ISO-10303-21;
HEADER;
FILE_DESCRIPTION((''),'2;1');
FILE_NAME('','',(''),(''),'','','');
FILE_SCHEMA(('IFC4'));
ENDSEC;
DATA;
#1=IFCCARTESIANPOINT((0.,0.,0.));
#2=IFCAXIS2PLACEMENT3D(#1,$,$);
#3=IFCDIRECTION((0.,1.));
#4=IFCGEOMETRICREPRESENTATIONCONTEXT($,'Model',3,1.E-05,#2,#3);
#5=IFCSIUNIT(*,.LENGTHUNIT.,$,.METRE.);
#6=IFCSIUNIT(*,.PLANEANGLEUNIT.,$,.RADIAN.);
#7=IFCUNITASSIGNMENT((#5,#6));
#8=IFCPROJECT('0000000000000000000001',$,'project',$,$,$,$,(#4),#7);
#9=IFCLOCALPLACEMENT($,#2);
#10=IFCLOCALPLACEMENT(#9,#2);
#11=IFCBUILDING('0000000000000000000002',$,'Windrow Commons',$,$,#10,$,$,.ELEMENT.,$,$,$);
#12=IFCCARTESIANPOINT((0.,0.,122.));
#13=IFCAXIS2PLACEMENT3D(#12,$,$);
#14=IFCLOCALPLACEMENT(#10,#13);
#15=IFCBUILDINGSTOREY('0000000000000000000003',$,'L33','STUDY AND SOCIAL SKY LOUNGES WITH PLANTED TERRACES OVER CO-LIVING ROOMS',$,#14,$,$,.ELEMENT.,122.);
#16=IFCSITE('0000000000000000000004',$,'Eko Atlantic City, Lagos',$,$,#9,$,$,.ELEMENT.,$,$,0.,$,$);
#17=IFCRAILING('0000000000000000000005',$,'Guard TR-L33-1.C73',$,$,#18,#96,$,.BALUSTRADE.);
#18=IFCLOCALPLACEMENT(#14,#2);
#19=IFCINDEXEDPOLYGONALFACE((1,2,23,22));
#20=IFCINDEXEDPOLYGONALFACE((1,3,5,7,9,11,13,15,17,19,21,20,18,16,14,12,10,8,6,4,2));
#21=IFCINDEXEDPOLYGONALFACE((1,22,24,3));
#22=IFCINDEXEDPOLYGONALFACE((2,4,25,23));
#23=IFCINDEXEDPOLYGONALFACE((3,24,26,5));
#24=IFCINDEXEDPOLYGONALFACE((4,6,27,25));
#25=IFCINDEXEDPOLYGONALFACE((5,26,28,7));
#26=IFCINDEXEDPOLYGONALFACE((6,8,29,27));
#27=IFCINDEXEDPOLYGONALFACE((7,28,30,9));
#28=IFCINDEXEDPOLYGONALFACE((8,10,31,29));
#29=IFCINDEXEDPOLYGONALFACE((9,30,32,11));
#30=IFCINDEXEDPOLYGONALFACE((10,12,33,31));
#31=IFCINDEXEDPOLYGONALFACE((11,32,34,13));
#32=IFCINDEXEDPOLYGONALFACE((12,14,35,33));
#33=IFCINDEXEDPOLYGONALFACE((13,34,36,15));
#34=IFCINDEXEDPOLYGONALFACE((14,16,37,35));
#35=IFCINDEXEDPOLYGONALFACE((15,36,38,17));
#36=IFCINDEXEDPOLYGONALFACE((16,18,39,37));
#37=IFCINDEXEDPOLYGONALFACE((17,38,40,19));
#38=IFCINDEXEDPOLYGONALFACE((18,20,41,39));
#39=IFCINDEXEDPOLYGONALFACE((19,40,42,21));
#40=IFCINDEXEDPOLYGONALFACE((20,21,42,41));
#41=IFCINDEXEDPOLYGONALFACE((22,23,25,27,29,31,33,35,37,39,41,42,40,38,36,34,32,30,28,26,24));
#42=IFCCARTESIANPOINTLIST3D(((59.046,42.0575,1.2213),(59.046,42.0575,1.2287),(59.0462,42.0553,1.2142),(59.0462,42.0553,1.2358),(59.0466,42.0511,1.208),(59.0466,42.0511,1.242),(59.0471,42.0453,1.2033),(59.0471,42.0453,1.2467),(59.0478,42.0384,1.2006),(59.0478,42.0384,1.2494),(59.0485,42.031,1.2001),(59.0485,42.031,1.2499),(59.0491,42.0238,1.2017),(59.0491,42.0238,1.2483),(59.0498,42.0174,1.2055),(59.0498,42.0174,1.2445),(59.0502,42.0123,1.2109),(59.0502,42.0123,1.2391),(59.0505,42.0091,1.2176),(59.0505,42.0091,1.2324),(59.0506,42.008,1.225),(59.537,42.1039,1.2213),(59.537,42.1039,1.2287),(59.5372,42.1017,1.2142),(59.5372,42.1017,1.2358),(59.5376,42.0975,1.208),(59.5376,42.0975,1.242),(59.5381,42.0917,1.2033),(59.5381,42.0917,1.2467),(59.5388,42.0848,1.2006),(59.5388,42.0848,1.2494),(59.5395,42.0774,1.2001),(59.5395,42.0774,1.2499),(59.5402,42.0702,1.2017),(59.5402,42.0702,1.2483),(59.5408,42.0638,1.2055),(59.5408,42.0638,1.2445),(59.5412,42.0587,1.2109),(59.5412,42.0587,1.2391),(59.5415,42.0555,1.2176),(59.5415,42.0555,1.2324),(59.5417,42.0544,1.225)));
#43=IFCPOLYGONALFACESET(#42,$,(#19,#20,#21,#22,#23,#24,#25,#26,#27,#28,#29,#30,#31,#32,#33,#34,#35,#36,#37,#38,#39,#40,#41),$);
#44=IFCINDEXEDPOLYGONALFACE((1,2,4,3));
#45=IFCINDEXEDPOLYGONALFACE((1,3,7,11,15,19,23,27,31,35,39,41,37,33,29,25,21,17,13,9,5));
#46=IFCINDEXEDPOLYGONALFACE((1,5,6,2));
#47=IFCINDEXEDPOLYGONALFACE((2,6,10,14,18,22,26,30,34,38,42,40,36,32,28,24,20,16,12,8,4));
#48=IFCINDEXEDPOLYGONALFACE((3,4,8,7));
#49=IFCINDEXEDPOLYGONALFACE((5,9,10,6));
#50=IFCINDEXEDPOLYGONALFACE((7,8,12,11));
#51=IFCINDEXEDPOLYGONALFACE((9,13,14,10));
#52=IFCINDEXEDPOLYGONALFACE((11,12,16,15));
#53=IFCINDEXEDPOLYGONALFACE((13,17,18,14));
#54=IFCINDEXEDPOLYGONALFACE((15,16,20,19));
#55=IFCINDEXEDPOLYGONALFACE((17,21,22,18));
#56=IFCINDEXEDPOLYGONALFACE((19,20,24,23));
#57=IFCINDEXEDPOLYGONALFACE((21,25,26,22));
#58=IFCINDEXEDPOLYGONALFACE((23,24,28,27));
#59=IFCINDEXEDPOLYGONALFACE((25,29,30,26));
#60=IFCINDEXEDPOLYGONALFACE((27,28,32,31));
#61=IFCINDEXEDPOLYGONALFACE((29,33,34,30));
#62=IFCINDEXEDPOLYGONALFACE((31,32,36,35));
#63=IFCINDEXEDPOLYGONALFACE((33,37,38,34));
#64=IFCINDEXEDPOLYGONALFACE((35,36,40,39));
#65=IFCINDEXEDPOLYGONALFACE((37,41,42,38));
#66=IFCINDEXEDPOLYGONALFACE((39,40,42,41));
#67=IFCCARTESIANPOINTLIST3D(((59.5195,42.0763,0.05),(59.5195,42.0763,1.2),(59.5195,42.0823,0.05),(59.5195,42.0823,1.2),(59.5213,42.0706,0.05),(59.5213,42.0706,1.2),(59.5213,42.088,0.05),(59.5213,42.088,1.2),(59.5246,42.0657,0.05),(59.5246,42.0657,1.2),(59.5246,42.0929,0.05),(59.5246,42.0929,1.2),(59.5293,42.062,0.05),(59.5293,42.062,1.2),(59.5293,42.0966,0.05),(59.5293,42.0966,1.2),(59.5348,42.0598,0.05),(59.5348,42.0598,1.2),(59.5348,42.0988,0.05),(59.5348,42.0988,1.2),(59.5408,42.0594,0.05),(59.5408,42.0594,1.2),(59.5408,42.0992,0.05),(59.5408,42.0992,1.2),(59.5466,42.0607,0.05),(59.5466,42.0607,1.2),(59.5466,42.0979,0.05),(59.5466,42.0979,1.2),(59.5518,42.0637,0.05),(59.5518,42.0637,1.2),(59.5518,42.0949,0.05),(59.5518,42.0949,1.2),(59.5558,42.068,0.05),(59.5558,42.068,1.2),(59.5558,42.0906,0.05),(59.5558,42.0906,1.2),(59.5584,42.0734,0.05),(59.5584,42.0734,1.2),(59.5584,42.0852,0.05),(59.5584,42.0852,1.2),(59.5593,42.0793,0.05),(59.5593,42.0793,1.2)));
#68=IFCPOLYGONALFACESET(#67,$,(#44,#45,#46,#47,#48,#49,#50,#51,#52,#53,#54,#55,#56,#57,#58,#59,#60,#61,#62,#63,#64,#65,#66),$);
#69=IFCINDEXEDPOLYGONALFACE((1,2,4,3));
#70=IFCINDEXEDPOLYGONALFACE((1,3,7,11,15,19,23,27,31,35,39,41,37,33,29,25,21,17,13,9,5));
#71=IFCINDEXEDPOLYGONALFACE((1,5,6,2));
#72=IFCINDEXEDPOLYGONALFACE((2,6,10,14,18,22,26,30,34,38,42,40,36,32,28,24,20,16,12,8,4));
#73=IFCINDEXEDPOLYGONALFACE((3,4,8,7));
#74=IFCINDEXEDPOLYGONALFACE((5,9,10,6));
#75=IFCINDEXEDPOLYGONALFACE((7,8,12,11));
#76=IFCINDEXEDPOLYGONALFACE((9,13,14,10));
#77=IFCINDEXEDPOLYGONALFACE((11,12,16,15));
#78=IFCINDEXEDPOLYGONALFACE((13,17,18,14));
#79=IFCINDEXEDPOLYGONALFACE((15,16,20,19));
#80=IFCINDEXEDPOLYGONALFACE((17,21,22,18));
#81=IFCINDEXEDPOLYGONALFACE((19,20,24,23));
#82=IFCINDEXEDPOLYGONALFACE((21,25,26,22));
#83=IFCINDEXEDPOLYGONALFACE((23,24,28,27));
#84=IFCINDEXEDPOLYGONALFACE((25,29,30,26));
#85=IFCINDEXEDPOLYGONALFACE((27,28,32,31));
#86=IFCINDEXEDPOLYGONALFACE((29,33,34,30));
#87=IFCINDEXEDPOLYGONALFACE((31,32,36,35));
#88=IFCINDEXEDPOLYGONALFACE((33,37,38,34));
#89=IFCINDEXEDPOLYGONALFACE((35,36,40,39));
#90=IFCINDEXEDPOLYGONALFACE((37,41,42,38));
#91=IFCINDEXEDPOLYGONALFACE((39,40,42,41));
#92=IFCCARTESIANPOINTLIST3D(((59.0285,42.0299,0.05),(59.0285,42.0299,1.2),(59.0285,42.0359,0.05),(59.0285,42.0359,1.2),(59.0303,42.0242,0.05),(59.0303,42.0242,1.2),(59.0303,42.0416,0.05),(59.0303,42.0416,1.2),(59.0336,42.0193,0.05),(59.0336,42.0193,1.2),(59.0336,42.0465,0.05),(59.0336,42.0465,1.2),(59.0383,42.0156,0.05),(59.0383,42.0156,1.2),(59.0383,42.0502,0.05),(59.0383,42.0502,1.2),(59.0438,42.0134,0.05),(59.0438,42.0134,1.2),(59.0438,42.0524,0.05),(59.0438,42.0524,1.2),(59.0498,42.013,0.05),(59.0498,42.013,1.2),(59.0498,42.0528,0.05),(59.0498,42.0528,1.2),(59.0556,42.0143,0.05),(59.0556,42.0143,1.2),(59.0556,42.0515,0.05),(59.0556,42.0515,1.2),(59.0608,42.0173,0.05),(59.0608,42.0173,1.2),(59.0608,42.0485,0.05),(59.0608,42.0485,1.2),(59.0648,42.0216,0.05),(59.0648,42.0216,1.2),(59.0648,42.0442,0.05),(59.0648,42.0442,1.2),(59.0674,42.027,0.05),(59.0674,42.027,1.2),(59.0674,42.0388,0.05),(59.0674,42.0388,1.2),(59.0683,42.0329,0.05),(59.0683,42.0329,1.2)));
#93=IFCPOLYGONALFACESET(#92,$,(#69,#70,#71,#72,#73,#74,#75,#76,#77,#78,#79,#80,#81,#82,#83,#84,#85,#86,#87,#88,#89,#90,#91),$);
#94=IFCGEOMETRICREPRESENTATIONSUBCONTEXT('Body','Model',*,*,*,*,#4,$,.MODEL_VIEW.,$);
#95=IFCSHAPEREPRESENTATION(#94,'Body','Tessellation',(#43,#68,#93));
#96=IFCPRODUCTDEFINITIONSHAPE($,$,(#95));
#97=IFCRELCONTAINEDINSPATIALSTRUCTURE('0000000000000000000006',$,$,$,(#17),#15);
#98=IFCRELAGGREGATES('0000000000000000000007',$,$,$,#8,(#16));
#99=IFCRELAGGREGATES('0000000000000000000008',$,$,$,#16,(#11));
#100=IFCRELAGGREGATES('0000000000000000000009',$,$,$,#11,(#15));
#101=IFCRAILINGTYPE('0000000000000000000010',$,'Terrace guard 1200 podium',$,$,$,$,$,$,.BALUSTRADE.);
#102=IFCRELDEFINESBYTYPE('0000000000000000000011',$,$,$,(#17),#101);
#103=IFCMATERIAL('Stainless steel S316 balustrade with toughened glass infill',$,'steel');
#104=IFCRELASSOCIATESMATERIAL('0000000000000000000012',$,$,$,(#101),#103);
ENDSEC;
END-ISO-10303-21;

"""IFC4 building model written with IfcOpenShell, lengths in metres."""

from ifc_helpers import new_model, si_unit, direction, frame, origin, origin_2d, place, context, subcontext, project, spatial, circle, extrude, material, type_object, element, save


model = new_model("IFC4")

# Units and contexts
model_context = context("Model", 3, precision=1e-05, world=origin(), true_north=direction((0.0, 1.0)))
body_context = subcontext(model_context, "Body", "Model", "MODEL_VIEW")
ifc_project = project(units=[si_unit("LENGTHUNIT", "METRE"), si_unit("PLANEANGLEUNIT", "RADIAN")], contexts=[model_context])

# Site, building, storey
site_placement = place(None, origin())
site = spatial("IfcSite", under=ifc_project, at=site_placement, Name="Eko Atlantic City, Lagos", CompositionType="ELEMENT", RefElevation=0.0)
building_placement = place(site_placement, origin())
building = spatial("IfcBuilding", under=site, at=building_placement, Name="Windrow Commons", CompositionType="ELEMENT")
storey_placement = place(building_placement, frame((0.0, 0.0, 122.0)))
storey = spatial("IfcBuildingStorey", under=building, at=storey_placement, Name="L33", Description="STUDY AND SOCIAL SKY LOUNGES WITH PLANTED TERRACES OVER CO-LIVING ROOMS", CompositionType="ELEMENT", Elevation=122.0)

# Railing
ifc_material_1 = material(Name="Stainless steel S316 balustrade with toughened glass infill", Category="steel")
railing_type = type_object("IfcRailingType", Name="Terrace guard 1200 podium", PredefinedType="BALUSTRADE", material=ifc_material_1)
railing_1_placement = place(storey_placement, frame((59.5393, 42.0793, 0.05)))
element("IfcRailing", 1, at=railing_1_placement, inside=storey, type_object=railing_type, Name="Guard TR-L33-1.C73", PredefinedType="BALUSTRADE", context=body_context, shape_type="SweptSolid", body=[
    extrude(circle(Radius=0.025, at=origin_2d()), frame((0.0, 0.0, 1.175), z_axis=(-0.995564, -0.094082, 0.0), x_axis=(0.094082, -0.995564, 0.0)), (0.0, 0.0, 1.0), 0.4932),
    extrude(circle(Radius=0.02, at=origin_2d()), origin(), (0.0, 0.0, 1.0), 1.15),
    extrude(circle(Radius=0.02, at=origin_2d()), frame((-0.491, -0.0464, 0.0)), (0.0, 0.0, 1.0), 1.15),
])

save(model, "model.ifc")
